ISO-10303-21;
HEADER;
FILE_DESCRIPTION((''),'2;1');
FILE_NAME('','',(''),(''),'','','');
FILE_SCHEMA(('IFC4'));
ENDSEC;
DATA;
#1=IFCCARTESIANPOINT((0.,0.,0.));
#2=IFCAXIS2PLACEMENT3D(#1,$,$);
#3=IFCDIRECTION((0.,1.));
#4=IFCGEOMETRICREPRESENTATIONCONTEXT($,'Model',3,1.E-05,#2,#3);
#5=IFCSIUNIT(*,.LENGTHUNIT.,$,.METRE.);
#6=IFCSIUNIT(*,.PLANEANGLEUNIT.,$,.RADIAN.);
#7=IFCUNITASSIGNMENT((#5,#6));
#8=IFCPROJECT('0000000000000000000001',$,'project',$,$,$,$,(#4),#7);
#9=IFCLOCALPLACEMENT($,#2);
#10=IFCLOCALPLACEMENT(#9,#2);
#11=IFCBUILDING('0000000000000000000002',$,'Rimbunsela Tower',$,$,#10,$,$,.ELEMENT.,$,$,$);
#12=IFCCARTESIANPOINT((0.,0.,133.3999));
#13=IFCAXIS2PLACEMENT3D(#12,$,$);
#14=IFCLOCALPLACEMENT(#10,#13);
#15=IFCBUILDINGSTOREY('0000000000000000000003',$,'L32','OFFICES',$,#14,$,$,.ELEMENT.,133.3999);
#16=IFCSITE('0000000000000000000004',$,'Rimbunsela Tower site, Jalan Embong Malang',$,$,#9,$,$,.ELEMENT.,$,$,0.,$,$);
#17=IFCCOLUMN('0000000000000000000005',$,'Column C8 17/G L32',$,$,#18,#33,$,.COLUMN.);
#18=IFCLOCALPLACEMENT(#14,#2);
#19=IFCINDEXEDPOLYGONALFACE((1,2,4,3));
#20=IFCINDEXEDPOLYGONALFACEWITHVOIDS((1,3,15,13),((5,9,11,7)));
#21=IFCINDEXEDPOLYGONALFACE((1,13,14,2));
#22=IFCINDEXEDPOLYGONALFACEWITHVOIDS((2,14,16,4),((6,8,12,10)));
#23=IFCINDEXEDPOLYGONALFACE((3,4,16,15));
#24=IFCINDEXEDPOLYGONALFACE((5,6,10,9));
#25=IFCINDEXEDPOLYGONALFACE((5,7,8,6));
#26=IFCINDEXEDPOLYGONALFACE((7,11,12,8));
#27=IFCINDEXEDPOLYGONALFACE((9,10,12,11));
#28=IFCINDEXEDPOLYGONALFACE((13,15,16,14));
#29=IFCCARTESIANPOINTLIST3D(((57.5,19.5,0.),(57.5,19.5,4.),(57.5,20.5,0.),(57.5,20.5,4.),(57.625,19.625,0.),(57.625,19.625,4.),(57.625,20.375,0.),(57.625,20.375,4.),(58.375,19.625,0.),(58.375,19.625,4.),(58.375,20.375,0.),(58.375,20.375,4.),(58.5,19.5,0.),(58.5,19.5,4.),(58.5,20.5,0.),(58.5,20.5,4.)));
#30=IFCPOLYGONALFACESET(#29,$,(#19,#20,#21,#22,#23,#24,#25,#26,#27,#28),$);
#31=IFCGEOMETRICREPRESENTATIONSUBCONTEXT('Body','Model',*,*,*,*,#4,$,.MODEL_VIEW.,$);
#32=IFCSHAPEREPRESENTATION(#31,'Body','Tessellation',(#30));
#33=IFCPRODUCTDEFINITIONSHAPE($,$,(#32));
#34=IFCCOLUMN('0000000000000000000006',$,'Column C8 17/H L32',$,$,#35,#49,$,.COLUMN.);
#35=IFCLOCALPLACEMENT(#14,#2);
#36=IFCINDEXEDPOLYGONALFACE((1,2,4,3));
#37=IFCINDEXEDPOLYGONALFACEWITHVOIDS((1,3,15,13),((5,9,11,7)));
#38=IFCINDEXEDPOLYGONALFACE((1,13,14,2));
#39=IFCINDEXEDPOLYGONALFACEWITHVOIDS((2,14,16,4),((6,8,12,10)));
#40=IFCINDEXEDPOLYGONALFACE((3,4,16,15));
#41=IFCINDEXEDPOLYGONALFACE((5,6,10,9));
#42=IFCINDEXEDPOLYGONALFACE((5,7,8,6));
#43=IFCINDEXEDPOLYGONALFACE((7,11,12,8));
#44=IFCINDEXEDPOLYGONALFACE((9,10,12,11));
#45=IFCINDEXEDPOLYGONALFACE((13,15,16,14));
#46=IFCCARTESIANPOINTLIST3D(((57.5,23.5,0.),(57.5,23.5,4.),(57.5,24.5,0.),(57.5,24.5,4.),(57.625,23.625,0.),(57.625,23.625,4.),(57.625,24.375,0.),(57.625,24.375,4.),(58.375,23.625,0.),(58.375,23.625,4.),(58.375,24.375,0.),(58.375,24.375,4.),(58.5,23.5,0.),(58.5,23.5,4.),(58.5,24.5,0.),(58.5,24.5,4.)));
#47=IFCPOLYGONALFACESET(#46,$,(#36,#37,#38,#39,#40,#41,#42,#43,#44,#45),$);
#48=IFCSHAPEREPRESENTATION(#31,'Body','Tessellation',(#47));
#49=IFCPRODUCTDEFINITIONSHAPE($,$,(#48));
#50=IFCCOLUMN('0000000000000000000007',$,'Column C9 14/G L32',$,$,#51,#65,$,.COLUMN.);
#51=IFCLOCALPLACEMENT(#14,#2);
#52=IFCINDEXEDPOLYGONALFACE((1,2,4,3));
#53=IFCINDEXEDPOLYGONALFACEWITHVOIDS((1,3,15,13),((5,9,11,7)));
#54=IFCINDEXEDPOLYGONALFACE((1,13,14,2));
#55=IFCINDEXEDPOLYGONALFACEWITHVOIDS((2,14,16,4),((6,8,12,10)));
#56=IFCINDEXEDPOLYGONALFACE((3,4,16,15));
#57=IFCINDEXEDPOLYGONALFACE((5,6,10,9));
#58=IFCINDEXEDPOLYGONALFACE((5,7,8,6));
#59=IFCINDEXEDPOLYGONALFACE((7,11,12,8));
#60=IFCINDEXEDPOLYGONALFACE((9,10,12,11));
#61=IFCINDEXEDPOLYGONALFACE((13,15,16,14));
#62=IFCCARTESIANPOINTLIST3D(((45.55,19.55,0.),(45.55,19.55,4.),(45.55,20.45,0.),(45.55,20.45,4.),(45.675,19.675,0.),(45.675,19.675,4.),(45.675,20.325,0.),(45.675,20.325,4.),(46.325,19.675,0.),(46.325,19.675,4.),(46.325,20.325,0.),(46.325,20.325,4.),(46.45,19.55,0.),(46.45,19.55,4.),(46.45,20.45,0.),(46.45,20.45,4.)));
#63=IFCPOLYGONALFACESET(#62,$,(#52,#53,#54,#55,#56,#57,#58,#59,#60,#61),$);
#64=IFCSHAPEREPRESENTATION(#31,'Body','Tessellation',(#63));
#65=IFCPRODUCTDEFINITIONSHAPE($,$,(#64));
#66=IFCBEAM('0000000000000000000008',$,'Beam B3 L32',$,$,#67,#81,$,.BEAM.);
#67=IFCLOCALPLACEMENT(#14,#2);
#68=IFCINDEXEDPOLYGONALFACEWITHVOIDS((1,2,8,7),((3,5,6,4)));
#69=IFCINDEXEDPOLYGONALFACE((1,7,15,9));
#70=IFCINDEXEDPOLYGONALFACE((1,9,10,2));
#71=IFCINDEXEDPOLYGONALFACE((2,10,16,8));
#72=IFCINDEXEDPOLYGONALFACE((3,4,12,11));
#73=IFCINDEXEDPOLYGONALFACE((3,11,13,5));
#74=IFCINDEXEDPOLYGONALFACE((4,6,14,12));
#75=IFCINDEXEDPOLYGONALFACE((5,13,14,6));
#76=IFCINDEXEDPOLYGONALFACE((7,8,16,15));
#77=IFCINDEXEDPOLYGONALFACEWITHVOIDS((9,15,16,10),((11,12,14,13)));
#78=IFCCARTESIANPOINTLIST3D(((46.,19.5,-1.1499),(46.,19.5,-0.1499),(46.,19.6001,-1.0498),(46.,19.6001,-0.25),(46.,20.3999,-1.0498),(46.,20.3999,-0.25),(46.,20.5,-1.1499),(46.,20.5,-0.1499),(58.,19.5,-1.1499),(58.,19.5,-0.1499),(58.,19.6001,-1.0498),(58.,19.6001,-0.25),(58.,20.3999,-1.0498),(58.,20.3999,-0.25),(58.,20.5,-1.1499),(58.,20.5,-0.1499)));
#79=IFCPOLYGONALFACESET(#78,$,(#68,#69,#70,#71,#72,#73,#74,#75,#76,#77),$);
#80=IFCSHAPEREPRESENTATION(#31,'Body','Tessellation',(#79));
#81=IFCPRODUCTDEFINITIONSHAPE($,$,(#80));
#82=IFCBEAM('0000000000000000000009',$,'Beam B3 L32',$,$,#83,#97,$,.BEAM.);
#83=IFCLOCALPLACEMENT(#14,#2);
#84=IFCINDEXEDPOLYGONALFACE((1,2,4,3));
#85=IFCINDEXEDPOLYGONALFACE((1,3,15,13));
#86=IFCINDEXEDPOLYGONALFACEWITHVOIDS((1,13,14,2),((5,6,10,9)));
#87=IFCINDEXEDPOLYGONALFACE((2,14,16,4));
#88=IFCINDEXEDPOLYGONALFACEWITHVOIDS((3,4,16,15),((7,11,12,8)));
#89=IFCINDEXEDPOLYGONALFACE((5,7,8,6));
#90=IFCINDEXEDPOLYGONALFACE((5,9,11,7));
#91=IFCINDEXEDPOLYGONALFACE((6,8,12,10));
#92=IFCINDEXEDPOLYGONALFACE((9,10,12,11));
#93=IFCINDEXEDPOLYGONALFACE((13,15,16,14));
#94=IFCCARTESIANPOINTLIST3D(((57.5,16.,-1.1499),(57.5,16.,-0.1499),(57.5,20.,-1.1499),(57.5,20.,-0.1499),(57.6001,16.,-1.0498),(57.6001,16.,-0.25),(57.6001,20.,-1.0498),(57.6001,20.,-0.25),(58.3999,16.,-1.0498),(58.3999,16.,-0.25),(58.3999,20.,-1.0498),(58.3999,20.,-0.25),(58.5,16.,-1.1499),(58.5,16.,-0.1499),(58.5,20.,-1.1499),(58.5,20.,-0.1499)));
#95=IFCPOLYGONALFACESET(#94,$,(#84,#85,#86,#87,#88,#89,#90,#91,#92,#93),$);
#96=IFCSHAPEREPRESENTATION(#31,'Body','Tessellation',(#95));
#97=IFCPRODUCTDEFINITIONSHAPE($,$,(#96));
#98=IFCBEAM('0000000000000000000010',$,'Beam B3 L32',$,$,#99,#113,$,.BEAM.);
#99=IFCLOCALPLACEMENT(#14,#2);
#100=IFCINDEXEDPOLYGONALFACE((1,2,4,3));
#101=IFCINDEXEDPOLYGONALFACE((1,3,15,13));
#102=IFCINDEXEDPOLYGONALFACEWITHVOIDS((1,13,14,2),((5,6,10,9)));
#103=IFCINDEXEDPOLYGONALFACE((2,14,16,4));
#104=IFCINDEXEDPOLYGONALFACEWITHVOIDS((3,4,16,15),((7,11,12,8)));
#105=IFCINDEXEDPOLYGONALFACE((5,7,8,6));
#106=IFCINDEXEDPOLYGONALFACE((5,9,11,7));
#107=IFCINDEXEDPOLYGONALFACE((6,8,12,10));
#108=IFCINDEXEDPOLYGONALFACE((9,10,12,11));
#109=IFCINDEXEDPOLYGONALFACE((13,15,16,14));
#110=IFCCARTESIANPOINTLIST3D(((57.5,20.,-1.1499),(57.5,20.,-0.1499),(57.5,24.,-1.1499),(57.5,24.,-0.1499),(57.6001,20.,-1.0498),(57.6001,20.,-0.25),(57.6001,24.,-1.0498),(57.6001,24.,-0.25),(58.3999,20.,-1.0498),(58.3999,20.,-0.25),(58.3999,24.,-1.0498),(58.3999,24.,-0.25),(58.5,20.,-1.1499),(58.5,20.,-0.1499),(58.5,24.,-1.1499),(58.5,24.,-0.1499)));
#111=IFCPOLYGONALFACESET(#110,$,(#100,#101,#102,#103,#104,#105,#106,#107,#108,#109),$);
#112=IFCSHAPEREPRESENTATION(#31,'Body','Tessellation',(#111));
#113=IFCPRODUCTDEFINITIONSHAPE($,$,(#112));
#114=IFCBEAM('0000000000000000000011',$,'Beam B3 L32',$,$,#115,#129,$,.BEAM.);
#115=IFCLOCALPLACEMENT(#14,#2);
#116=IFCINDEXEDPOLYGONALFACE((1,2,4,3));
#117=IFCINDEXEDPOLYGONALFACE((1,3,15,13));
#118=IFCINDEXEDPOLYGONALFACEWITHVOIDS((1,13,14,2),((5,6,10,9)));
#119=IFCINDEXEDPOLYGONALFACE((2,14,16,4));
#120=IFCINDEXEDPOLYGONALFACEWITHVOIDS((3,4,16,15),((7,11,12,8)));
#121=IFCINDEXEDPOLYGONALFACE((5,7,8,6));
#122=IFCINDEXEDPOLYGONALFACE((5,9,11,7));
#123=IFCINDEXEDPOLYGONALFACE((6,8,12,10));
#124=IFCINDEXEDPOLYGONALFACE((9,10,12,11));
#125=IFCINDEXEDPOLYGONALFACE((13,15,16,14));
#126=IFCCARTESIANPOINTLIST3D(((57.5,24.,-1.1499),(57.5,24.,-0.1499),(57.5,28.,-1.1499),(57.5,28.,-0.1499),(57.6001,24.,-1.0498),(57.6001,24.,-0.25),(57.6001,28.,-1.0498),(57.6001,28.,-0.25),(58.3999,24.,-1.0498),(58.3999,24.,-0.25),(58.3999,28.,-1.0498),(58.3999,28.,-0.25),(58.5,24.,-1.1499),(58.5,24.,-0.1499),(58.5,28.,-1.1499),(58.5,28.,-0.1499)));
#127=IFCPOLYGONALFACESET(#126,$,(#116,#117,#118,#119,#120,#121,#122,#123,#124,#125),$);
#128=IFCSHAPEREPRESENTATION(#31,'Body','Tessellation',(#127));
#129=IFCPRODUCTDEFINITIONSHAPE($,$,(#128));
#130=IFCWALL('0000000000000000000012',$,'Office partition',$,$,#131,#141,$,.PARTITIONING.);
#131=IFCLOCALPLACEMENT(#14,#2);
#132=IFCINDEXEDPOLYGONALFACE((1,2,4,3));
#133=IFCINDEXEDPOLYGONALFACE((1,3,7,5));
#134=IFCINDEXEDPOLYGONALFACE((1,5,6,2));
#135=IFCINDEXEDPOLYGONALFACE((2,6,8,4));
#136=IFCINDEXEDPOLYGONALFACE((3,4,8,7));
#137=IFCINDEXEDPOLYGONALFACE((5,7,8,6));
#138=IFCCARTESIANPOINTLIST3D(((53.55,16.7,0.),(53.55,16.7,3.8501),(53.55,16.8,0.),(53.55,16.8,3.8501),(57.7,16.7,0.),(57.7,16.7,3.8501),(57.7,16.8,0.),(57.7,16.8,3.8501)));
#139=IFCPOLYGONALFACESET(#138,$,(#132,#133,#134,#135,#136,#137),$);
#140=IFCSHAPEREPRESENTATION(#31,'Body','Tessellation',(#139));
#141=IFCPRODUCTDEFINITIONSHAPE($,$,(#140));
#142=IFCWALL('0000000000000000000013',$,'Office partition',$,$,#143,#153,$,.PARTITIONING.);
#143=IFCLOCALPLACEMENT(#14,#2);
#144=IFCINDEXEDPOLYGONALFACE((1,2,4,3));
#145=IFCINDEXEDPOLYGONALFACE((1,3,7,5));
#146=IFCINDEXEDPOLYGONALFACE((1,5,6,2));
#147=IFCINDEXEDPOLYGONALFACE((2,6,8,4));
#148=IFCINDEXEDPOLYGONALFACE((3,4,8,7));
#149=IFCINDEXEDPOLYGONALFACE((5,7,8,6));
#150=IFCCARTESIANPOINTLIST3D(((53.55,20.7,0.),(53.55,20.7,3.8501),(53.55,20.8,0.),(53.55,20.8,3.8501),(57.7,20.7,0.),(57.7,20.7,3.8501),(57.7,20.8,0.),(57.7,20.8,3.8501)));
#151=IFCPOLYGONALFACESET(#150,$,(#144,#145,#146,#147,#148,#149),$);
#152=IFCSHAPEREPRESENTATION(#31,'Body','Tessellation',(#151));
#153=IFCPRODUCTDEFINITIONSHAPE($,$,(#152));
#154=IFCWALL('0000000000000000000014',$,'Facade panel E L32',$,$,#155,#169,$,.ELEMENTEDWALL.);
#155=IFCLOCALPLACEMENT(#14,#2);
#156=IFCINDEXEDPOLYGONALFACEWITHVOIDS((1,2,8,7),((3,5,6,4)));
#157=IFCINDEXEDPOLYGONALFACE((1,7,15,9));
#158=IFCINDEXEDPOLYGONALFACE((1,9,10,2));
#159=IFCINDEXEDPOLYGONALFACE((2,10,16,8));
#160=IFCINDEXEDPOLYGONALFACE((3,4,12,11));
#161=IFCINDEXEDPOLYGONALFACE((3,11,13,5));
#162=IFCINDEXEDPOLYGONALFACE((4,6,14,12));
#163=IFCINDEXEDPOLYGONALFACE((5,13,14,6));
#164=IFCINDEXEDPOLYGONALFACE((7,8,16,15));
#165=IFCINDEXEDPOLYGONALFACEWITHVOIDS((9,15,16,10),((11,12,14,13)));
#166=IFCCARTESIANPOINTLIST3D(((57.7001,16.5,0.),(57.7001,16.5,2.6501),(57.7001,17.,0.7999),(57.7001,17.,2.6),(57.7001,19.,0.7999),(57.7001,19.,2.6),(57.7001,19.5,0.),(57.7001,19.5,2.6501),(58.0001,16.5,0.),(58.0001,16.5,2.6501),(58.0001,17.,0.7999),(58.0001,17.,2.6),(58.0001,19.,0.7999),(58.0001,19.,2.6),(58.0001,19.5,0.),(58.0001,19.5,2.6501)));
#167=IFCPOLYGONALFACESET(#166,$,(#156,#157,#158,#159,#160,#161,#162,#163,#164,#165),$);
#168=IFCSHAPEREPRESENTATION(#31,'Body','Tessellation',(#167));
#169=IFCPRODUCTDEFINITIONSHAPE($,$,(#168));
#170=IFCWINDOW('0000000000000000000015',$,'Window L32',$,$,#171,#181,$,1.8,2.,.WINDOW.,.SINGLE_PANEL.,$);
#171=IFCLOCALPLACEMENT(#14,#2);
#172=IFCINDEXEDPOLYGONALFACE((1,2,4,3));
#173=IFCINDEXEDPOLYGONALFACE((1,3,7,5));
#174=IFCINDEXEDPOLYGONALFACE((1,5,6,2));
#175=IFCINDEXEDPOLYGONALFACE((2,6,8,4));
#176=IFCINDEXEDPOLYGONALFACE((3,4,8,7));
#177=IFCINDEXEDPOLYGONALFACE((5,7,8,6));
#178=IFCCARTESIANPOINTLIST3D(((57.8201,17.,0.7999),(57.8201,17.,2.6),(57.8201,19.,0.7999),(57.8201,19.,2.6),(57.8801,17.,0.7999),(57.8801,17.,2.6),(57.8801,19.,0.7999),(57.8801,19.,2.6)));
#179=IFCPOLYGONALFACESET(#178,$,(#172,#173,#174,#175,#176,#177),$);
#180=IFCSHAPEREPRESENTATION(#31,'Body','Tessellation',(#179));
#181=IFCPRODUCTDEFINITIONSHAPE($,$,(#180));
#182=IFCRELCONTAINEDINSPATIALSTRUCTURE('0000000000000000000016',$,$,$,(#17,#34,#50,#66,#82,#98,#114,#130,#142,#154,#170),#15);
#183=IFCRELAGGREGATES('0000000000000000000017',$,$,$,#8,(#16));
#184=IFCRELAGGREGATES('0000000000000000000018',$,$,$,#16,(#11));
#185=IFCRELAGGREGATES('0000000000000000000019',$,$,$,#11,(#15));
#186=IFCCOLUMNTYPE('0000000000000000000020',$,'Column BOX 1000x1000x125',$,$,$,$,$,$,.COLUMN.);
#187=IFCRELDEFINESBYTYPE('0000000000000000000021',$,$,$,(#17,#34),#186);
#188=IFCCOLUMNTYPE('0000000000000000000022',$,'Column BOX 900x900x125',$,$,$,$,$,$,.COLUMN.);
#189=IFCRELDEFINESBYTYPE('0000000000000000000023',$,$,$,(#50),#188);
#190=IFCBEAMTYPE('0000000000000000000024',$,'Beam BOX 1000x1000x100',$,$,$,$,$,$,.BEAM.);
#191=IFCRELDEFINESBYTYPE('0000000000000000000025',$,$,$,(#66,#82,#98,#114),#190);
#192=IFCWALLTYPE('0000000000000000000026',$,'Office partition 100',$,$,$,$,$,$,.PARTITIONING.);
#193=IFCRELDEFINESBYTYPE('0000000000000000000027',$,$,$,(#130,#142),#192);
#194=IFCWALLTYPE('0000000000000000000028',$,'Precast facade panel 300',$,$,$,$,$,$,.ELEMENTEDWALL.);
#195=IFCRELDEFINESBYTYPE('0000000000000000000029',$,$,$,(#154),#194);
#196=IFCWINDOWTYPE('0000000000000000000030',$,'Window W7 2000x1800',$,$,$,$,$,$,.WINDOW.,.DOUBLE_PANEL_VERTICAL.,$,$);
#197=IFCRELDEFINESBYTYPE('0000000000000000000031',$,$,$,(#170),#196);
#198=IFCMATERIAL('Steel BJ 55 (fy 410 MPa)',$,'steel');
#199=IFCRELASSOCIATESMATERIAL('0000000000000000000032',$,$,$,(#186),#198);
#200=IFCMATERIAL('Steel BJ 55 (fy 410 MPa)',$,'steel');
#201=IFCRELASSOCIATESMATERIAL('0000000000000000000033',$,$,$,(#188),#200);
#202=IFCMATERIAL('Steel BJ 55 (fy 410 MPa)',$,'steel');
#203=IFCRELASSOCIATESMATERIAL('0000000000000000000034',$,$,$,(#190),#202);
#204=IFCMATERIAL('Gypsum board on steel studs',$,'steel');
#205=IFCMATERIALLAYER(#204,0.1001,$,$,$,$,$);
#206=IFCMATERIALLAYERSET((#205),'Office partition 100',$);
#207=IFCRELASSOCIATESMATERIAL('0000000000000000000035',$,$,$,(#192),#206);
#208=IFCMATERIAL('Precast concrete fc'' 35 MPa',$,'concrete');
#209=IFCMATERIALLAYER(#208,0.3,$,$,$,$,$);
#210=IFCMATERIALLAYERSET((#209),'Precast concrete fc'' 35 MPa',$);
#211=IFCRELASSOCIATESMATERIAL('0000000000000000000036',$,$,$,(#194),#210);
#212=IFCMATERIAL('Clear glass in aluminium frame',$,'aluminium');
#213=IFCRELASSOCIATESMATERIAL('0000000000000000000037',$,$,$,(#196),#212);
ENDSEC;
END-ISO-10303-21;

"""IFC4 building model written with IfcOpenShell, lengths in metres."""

from ifc_helpers import new_model, si_unit, direction, frame, frame_2d, origin, origin_2d, place, context, subcontext, project, spatial, rectangle, hollow_rectangle, extrude, material, layer, layer_set, material_profile, profile_set, type_object, element, fill, save


model = new_model("IFC4")

# Units and contexts
model_context = context("Model", 3, precision=1e-05, world=origin(), true_north=direction((0.0, 1.0)))
body_context = subcontext(model_context, "Body", "Model", "MODEL_VIEW")
ifc_project = project(units=[si_unit("LENGTHUNIT", "METRE"), si_unit("PLANEANGLEUNIT", "RADIAN")], contexts=[model_context])

# Site, building, storey
site_placement = place(None, origin())
site = spatial("IfcSite", under=ifc_project, at=site_placement, Name="Rimbunsela Tower site, Jalan Embong Malang", CompositionType="ELEMENT", RefElevation=0.0)
building_placement = place(site_placement, origin())
building = spatial("IfcBuilding", under=site, at=building_placement, Name="Rimbunsela Tower", CompositionType="ELEMENT")
storey_placement = place(building_placement, frame((0.0, 0.0, 133.3999)))
storey = spatial("IfcBuildingStorey", under=building, at=storey_placement, Name="L32", Description="OFFICES", CompositionType="ELEMENT", Elevation=133.3999)

# Columns
ifc_material_1 = material(Name="Steel BJ 55 (fy 410 MPa)", Category="steel")
ifc_material_profile_1 = material_profile(ifc_material_1, hollow_rectangle(XDim=1.0, YDim=1.0, WallThickness=0.125, at=origin_2d()), Name="BOX 1000x1000x125")
ifc_profile_set_1 = profile_set([ifc_material_profile_1], Name="Steel BJ 55 (fy 410 MPa)")
column_type_1 = type_object("IfcColumnType", Name="Column BOX 1000x1000x125", PredefinedType="COLUMN", material=ifc_profile_set_1)
for number, where, z_axis, x_axis, name in (
    (1, (58.0, 20.0, 0.0), (0.0, 0.0, 1.0), (1.0, 0.0, 0.0), "Column C8 17/G L32"),
    (2, (58.0, 24.0, 0.0), (0.0, 0.0, 1.0), (1.0, 0.0, 0.0), "Column C8 17/H L32"),
):
    element("IfcColumn", number, at=place(storey_placement, frame(where, z_axis=z_axis, x_axis=x_axis)), inside=storey, type_object=column_type_1, Name=name, PredefinedType="COLUMN", context=body_context, shape_type="SweptSolid", body=[
        extrude(hollow_rectangle(XDim=1.0, YDim=1.0, WallThickness=0.125, at=origin_2d()), origin(), (0.0, 0.0, 1.0), 4.0),
    ])
ifc_material_2 = material(Name="Steel BJ 55 (fy 410 MPa)", Category="steel")
ifc_material_profile_2 = material_profile(ifc_material_2, hollow_rectangle(XDim=0.8999, YDim=0.8999, WallThickness=0.125, at=origin_2d()), Name="BOX 900x900x125")
ifc_profile_set_2 = profile_set([ifc_material_profile_2], Name="Steel BJ 55 (fy 410 MPa)")
column_type_2 = type_object("IfcColumnType", Name="Column BOX 900x900x125", PredefinedType="COLUMN", material=ifc_profile_set_2)
column_placement = place(storey_placement, frame((46.0, 20.0, 0.0), z_axis=(0.0, 0.0, 1.0), x_axis=(1.0, 0.0, 0.0)))
element("IfcColumn", 3, at=column_placement, inside=storey, type_object=column_type_2, Name="Column C9 14/G L32", PredefinedType="COLUMN", context=body_context, shape_type="SweptSolid", body=[
    extrude(hollow_rectangle(XDim=0.8999, YDim=0.8999, WallThickness=0.125, at=origin_2d()), origin(), (0.0, 0.0, 1.0), 4.0),
])

# Beams
ifc_material_3 = material(Name="Steel BJ 55 (fy 410 MPa)", Category="steel")
ifc_material_profile_3 = material_profile(ifc_material_3, hollow_rectangle(XDim=1.0, YDim=1.0, WallThickness=0.1001, at=origin_2d()), Name="BOX 1000x1000x100")
ifc_profile_set_3 = profile_set([ifc_material_profile_3], Name="Steel BJ 55 (fy 410 MPa)")
beam_type = type_object("IfcBeamType", Name="Beam BOX 1000x1000x100", PredefinedType="BEAM", material=ifc_profile_set_3)
beam_placement = place(storey_placement, frame((46.0, 20.0, -0.6499), z_axis=(1.0, 0.0, 0.0), x_axis=(0.0, 1.0, 0.0)))
element("IfcBeam", 4, at=beam_placement, inside=storey, type_object=beam_type, Name="Beam B3 L32", PredefinedType="BEAM", context=body_context, shape_type="SweptSolid", body=[
    extrude(hollow_rectangle(XDim=1.0, YDim=1.0, WallThickness=0.1001, at=origin_2d()), origin(), (0.0, 0.0, 1.0), 12.0),
])
for number, where, z_axis, x_axis, name in (
    (5, (58.0, 16.0, -0.6499), (0.0, 1.0, 0.0), (-1.0, 0.0, 0.0), "Beam B3 L32"),
    (6, (58.0, 20.0, -0.6499), (0.0, 1.0, 0.0), (-1.0, 0.0, 0.0), "Beam B3 L32"),
    (7, (58.0, 24.0, -0.6499), (0.0, 1.0, 0.0), (-1.0, 0.0, 0.0), "Beam B3 L32"),
):
    element("IfcBeam", number, at=place(storey_placement, frame(where, z_axis=z_axis, x_axis=x_axis)), inside=storey, type_object=beam_type, Name=name, PredefinedType="BEAM", context=body_context, shape_type="SweptSolid", body=[
        extrude(hollow_rectangle(XDim=1.0, YDim=1.0, WallThickness=0.1001, at=origin_2d()), origin(), (0.0, 0.0, 1.0), 4.0),
    ])

# Walls
ifc_material_4 = material(Name="Gypsum board on steel studs", Category="steel")
ifc_layer_1 = layer(ifc_material_4, 0.1001)
ifc_layer_set_1 = layer_set([ifc_layer_1], Name="Office partition 100")
wall_type_1 = type_object("IfcWallType", Name="Office partition 100", PredefinedType="PARTITIONING", material=ifc_layer_set_1)
for number, where, z_axis, x_axis, name in (
    (8, (53.55, 16.75, 0.0), (0.0, 0.0, 1.0), (1.0, 0.0, 0.0), "Office partition"),
    (9, (53.55, 20.75, 0.0), (0.0, 0.0, 1.0), (1.0, 0.0, 0.0), "Office partition"),
):
    element("IfcWall", number, at=place(storey_placement, frame(where, z_axis=z_axis, x_axis=x_axis)), inside=storey, type_object=wall_type_1, Name=name, PredefinedType="PARTITIONING", context=body_context, shape_type="SweptSolid", body=[
        extrude(rectangle(XDim=4.1499, YDim=0.1001, at=frame_2d((2.075, 0.0))), origin(), (0.0, 0.0, 1.0), 3.8501),
    ])

# Wall, opening, window
ifc_material_5 = material(Name="Precast concrete fc' 35 MPa", Category="concrete")
ifc_layer_2 = layer(ifc_material_5, 0.3)
ifc_layer_set_2 = layer_set([ifc_layer_2], Name="Precast concrete fc' 35 MPa")
wall_type_2 = type_object("IfcWallType", Name="Precast facade panel 300", PredefinedType="ELEMENTEDWALL", material=ifc_layer_set_2)
wall_1_placement = place(storey_placement, frame((57.8501, 16.5, 0.0), z_axis=(0.0, 0.0, 1.0), x_axis=(0.0, 1.0, 0.0)))
wall_1 = element("IfcWall", 10, at=wall_1_placement, inside=storey, type_object=wall_type_2, Name="Facade panel E L32", PredefinedType="ELEMENTEDWALL", context=body_context, shape_type="SweptSolid", body=[
    extrude(rectangle(XDim=3.0, YDim=0.3, at=frame_2d((1.5, 0.0))), origin(), (0.0, 0.0, 1.0), 2.6501),
])
opening_1_placement = place(wall_1_placement, frame((0.5, 0.0, 0.8)))
opening_1 = element("IfcOpeningElement", 11, at=opening_1_placement, cuts=wall_1, PredefinedType="OPENING", context=body_context, shape_type="SweptSolid", body=[
    extrude(rectangle(XDim=2.0, YDim=1.8, at=frame_2d((1.0, 0.8999))), frame((0.0, 0.1599, 0.0), z_axis=(0.0, -1.0, 0.0), x_axis=(1.0, 0.0, 0.0)), (0.0, 0.0, 1.0), 0.3201),
])
ifc_material_6 = material(Name="Clear glass in aluminium frame", Category="aluminium")
window_type = type_object("IfcWindowType", Name="Window W7 2000x1800", PartitioningType="DOUBLE_PANEL_VERTICAL", PredefinedType="WINDOW", material=ifc_material_6)
window_1_placement = place(opening_1_placement, origin())
window_1 = element("IfcWindow", 12, at=window_1_placement, inside=storey, type_object=window_type, Name="Window L32", OverallHeight=1.8, OverallWidth=2.0, PartitioningType="SINGLE_PANEL", PredefinedType="WINDOW", context=body_context, shape_type="SweptSolid", body=[
    extrude(rectangle(XDim=2.0, YDim=1.8, at=frame_2d((1.0, 0.8999))), frame((0.0, 0.03, 0.0), z_axis=(0.0, -1.0, 0.0), x_axis=(1.0, 0.0, 0.0)), (0.0, 0.0, 1.0), 0.0601),
])
fill(opening_1, window_1)

save(model, "model.ifc")
